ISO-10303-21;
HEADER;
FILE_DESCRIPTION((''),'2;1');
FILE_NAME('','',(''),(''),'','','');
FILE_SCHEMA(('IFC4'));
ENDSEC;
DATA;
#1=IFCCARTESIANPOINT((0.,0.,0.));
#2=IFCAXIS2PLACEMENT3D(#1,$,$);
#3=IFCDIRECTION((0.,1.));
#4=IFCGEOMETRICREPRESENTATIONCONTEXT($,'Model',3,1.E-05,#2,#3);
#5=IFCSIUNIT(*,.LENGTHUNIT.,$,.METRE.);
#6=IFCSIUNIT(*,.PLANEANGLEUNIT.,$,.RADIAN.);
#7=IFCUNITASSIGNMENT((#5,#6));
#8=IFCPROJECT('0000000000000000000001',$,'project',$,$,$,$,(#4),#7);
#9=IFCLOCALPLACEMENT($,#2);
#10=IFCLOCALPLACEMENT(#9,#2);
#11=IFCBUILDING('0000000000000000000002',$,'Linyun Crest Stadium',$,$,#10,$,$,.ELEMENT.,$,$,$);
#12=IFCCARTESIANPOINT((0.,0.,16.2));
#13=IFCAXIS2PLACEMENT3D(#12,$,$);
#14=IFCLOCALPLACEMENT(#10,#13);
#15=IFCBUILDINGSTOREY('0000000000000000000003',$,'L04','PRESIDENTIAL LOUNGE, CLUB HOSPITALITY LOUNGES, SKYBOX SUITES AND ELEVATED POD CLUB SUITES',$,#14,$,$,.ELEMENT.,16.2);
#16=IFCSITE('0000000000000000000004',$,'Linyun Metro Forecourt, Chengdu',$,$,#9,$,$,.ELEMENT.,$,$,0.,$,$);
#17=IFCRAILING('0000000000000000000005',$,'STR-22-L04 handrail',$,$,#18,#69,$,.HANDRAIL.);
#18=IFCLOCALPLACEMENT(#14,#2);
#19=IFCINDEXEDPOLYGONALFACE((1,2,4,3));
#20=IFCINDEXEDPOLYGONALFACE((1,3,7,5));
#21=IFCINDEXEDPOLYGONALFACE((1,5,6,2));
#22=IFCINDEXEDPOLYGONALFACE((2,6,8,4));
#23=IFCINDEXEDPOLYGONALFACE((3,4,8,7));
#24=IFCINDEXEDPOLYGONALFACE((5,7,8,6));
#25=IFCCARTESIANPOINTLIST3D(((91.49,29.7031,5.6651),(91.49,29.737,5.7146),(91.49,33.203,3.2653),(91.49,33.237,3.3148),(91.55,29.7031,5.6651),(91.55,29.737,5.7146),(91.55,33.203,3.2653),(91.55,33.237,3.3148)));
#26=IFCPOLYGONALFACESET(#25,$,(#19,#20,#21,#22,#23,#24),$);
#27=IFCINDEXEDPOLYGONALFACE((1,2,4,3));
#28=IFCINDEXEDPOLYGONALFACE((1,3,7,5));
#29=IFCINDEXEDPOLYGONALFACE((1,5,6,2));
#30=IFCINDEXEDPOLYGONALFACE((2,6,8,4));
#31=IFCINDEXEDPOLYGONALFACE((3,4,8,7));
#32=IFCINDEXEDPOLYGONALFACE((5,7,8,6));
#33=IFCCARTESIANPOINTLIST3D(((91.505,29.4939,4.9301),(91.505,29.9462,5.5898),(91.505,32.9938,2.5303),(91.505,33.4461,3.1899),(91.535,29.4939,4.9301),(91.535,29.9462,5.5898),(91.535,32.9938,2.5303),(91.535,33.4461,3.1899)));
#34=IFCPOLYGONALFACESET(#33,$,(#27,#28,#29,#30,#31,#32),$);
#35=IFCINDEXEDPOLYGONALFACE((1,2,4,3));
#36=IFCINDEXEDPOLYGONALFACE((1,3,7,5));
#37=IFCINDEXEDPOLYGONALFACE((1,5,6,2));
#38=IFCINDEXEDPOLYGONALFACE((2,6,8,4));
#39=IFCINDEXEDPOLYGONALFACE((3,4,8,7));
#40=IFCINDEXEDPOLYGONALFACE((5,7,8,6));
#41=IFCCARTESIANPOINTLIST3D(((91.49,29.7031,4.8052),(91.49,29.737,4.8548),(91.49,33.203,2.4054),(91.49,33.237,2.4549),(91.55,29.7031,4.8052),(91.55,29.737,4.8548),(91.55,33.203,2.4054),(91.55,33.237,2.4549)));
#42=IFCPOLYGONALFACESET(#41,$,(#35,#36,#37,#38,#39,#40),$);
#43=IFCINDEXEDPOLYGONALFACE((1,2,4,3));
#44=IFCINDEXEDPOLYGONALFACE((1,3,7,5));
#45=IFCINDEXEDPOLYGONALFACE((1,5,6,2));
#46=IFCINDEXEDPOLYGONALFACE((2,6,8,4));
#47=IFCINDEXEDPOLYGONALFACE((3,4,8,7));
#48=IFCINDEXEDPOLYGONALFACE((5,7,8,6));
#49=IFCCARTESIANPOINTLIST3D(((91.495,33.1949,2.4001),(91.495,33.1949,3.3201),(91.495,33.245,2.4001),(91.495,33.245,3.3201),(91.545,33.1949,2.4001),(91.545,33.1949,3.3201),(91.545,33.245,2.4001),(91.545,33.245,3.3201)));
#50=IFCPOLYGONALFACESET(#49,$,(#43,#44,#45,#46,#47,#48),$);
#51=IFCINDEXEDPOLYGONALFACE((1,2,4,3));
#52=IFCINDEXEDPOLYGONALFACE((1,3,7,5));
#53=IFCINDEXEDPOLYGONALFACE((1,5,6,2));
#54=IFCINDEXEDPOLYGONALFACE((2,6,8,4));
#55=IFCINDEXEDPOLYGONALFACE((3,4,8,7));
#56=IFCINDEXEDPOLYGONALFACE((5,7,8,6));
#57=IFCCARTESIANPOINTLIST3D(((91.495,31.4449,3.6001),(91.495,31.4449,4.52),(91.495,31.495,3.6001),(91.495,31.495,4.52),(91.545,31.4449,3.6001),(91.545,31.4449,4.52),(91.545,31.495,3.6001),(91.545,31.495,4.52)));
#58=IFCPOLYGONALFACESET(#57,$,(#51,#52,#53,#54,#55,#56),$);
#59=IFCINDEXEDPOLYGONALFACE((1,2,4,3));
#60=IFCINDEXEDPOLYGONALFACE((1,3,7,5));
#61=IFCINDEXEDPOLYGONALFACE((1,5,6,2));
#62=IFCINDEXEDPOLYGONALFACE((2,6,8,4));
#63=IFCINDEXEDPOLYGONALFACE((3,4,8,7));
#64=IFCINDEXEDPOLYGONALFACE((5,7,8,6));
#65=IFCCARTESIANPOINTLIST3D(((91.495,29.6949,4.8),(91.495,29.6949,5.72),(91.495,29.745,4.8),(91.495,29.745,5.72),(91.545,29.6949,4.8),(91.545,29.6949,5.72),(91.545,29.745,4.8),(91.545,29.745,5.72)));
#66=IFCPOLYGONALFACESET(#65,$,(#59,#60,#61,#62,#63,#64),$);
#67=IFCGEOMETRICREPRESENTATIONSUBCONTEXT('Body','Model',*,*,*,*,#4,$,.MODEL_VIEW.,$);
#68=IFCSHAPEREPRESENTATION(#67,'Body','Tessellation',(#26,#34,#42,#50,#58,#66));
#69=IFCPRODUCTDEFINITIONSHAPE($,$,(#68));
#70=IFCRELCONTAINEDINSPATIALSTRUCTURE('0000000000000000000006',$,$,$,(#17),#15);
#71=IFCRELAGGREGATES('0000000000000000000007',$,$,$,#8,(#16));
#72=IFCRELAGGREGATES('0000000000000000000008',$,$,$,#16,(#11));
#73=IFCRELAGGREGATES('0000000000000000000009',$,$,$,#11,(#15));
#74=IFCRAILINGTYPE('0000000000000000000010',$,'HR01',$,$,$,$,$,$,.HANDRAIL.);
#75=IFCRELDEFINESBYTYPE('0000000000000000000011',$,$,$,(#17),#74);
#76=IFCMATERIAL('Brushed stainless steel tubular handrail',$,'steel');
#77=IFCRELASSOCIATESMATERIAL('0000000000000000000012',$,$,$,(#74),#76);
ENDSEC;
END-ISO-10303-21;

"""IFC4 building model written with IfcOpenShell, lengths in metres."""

from ifc_helpers import new_model, si_unit, direction, frame, origin, origin_2d, place, context, subcontext, project, spatial, rectangle, extrude, material, type_object, element, save


model = new_model("IFC4")

# Units and contexts
model_context = context("Model", 3, precision=1e-05, world=origin(), true_north=direction((0.0, 1.0)))
body_context = subcontext(model_context, "Body", "Model", "MODEL_VIEW")
ifc_project = project(units=[si_unit("LENGTHUNIT", "METRE"), si_unit("PLANEANGLEUNIT", "RADIAN")], contexts=[model_context])

# Site, building, storey
site_placement = place(None, origin())
site = spatial("IfcSite", under=ifc_project, at=site_placement, Name="Linyun Metro Forecourt, Chengdu", CompositionType="ELEMENT", RefElevation=0.0)
building_placement = place(site_placement, origin())
building = spatial("IfcBuilding", under=site, at=building_placement, Name="Linyun Crest Stadium", CompositionType="ELEMENT")
storey_placement = place(building_placement, frame((0.0, 0.0, 16.2)))
storey = spatial("IfcBuildingStorey", under=building, at=storey_placement, Name="L04", Description="PRESIDENTIAL LOUNGE, CLUB HOSPITALITY LOUNGES, SKYBOX SUITES AND ELEVATED POD CLUB SUITES", CompositionType="ELEMENT", Elevation=16.2)

# Railing
ifc_material_1 = material(Name="Brushed stainless steel tubular handrail", Category="steel")
railing_type_1 = type_object("IfcRailingType", Name="HR01", PredefinedType="HANDRAIL", material=ifc_material_1)
railing_1_placement = place(storey_placement, frame((91.52, 33.22, 2.4001)))
element("IfcRailing", 1, at=railing_1_placement, inside=storey, type_object=railing_type_1, Name="STR-22-L04 handrail", PredefinedType="HANDRAIL", context=body_context, shape_type="SweptSolid", body=[
    extrude(rectangle(XDim=0.0601, YDim=0.0601, at=origin_2d()), frame((0.0, 0.0, 0.8899), z_axis=(0.0, -0.82474, 0.565513), x_axis=(1.0, 0.0, 0.0)), (0.0, 0.0, 1.0), 4.2437),
    extrude(rectangle(XDim=0.03, YDim=0.7998, at=origin_2d()), frame((0.0, 0.0, 0.46), z_axis=(0.0, -0.82474, 0.565513), x_axis=(1.0, 0.0, 0.0)), (0.0, 0.0, 1.0), 4.2437),
    extrude(rectangle(XDim=0.0601, YDim=0.0601, at=origin_2d()), frame((0.0, 0.0, 0.03), z_axis=(0.0, -0.82474, 0.565513), x_axis=(1.0, 0.0, 0.0)), (0.0, 0.0, 1.0), 4.2437),
    extrude(rectangle(XDim=0.05, YDim=0.05, at=origin_2d()), origin(), (0.0, 0.0, 1.0), 0.9199),
    extrude(rectangle(XDim=0.05, YDim=0.05, at=origin_2d()), frame((0.0, -1.75, 1.2)), (0.0, 0.0, 1.0), 0.9199),
    extrude(rectangle(XDim=0.05, YDim=0.05, at=origin_2d()), frame((0.0, -3.5, 2.3999)), (0.0, 0.0, 1.0), 0.9199),
])

save(model, "model.ifc")
